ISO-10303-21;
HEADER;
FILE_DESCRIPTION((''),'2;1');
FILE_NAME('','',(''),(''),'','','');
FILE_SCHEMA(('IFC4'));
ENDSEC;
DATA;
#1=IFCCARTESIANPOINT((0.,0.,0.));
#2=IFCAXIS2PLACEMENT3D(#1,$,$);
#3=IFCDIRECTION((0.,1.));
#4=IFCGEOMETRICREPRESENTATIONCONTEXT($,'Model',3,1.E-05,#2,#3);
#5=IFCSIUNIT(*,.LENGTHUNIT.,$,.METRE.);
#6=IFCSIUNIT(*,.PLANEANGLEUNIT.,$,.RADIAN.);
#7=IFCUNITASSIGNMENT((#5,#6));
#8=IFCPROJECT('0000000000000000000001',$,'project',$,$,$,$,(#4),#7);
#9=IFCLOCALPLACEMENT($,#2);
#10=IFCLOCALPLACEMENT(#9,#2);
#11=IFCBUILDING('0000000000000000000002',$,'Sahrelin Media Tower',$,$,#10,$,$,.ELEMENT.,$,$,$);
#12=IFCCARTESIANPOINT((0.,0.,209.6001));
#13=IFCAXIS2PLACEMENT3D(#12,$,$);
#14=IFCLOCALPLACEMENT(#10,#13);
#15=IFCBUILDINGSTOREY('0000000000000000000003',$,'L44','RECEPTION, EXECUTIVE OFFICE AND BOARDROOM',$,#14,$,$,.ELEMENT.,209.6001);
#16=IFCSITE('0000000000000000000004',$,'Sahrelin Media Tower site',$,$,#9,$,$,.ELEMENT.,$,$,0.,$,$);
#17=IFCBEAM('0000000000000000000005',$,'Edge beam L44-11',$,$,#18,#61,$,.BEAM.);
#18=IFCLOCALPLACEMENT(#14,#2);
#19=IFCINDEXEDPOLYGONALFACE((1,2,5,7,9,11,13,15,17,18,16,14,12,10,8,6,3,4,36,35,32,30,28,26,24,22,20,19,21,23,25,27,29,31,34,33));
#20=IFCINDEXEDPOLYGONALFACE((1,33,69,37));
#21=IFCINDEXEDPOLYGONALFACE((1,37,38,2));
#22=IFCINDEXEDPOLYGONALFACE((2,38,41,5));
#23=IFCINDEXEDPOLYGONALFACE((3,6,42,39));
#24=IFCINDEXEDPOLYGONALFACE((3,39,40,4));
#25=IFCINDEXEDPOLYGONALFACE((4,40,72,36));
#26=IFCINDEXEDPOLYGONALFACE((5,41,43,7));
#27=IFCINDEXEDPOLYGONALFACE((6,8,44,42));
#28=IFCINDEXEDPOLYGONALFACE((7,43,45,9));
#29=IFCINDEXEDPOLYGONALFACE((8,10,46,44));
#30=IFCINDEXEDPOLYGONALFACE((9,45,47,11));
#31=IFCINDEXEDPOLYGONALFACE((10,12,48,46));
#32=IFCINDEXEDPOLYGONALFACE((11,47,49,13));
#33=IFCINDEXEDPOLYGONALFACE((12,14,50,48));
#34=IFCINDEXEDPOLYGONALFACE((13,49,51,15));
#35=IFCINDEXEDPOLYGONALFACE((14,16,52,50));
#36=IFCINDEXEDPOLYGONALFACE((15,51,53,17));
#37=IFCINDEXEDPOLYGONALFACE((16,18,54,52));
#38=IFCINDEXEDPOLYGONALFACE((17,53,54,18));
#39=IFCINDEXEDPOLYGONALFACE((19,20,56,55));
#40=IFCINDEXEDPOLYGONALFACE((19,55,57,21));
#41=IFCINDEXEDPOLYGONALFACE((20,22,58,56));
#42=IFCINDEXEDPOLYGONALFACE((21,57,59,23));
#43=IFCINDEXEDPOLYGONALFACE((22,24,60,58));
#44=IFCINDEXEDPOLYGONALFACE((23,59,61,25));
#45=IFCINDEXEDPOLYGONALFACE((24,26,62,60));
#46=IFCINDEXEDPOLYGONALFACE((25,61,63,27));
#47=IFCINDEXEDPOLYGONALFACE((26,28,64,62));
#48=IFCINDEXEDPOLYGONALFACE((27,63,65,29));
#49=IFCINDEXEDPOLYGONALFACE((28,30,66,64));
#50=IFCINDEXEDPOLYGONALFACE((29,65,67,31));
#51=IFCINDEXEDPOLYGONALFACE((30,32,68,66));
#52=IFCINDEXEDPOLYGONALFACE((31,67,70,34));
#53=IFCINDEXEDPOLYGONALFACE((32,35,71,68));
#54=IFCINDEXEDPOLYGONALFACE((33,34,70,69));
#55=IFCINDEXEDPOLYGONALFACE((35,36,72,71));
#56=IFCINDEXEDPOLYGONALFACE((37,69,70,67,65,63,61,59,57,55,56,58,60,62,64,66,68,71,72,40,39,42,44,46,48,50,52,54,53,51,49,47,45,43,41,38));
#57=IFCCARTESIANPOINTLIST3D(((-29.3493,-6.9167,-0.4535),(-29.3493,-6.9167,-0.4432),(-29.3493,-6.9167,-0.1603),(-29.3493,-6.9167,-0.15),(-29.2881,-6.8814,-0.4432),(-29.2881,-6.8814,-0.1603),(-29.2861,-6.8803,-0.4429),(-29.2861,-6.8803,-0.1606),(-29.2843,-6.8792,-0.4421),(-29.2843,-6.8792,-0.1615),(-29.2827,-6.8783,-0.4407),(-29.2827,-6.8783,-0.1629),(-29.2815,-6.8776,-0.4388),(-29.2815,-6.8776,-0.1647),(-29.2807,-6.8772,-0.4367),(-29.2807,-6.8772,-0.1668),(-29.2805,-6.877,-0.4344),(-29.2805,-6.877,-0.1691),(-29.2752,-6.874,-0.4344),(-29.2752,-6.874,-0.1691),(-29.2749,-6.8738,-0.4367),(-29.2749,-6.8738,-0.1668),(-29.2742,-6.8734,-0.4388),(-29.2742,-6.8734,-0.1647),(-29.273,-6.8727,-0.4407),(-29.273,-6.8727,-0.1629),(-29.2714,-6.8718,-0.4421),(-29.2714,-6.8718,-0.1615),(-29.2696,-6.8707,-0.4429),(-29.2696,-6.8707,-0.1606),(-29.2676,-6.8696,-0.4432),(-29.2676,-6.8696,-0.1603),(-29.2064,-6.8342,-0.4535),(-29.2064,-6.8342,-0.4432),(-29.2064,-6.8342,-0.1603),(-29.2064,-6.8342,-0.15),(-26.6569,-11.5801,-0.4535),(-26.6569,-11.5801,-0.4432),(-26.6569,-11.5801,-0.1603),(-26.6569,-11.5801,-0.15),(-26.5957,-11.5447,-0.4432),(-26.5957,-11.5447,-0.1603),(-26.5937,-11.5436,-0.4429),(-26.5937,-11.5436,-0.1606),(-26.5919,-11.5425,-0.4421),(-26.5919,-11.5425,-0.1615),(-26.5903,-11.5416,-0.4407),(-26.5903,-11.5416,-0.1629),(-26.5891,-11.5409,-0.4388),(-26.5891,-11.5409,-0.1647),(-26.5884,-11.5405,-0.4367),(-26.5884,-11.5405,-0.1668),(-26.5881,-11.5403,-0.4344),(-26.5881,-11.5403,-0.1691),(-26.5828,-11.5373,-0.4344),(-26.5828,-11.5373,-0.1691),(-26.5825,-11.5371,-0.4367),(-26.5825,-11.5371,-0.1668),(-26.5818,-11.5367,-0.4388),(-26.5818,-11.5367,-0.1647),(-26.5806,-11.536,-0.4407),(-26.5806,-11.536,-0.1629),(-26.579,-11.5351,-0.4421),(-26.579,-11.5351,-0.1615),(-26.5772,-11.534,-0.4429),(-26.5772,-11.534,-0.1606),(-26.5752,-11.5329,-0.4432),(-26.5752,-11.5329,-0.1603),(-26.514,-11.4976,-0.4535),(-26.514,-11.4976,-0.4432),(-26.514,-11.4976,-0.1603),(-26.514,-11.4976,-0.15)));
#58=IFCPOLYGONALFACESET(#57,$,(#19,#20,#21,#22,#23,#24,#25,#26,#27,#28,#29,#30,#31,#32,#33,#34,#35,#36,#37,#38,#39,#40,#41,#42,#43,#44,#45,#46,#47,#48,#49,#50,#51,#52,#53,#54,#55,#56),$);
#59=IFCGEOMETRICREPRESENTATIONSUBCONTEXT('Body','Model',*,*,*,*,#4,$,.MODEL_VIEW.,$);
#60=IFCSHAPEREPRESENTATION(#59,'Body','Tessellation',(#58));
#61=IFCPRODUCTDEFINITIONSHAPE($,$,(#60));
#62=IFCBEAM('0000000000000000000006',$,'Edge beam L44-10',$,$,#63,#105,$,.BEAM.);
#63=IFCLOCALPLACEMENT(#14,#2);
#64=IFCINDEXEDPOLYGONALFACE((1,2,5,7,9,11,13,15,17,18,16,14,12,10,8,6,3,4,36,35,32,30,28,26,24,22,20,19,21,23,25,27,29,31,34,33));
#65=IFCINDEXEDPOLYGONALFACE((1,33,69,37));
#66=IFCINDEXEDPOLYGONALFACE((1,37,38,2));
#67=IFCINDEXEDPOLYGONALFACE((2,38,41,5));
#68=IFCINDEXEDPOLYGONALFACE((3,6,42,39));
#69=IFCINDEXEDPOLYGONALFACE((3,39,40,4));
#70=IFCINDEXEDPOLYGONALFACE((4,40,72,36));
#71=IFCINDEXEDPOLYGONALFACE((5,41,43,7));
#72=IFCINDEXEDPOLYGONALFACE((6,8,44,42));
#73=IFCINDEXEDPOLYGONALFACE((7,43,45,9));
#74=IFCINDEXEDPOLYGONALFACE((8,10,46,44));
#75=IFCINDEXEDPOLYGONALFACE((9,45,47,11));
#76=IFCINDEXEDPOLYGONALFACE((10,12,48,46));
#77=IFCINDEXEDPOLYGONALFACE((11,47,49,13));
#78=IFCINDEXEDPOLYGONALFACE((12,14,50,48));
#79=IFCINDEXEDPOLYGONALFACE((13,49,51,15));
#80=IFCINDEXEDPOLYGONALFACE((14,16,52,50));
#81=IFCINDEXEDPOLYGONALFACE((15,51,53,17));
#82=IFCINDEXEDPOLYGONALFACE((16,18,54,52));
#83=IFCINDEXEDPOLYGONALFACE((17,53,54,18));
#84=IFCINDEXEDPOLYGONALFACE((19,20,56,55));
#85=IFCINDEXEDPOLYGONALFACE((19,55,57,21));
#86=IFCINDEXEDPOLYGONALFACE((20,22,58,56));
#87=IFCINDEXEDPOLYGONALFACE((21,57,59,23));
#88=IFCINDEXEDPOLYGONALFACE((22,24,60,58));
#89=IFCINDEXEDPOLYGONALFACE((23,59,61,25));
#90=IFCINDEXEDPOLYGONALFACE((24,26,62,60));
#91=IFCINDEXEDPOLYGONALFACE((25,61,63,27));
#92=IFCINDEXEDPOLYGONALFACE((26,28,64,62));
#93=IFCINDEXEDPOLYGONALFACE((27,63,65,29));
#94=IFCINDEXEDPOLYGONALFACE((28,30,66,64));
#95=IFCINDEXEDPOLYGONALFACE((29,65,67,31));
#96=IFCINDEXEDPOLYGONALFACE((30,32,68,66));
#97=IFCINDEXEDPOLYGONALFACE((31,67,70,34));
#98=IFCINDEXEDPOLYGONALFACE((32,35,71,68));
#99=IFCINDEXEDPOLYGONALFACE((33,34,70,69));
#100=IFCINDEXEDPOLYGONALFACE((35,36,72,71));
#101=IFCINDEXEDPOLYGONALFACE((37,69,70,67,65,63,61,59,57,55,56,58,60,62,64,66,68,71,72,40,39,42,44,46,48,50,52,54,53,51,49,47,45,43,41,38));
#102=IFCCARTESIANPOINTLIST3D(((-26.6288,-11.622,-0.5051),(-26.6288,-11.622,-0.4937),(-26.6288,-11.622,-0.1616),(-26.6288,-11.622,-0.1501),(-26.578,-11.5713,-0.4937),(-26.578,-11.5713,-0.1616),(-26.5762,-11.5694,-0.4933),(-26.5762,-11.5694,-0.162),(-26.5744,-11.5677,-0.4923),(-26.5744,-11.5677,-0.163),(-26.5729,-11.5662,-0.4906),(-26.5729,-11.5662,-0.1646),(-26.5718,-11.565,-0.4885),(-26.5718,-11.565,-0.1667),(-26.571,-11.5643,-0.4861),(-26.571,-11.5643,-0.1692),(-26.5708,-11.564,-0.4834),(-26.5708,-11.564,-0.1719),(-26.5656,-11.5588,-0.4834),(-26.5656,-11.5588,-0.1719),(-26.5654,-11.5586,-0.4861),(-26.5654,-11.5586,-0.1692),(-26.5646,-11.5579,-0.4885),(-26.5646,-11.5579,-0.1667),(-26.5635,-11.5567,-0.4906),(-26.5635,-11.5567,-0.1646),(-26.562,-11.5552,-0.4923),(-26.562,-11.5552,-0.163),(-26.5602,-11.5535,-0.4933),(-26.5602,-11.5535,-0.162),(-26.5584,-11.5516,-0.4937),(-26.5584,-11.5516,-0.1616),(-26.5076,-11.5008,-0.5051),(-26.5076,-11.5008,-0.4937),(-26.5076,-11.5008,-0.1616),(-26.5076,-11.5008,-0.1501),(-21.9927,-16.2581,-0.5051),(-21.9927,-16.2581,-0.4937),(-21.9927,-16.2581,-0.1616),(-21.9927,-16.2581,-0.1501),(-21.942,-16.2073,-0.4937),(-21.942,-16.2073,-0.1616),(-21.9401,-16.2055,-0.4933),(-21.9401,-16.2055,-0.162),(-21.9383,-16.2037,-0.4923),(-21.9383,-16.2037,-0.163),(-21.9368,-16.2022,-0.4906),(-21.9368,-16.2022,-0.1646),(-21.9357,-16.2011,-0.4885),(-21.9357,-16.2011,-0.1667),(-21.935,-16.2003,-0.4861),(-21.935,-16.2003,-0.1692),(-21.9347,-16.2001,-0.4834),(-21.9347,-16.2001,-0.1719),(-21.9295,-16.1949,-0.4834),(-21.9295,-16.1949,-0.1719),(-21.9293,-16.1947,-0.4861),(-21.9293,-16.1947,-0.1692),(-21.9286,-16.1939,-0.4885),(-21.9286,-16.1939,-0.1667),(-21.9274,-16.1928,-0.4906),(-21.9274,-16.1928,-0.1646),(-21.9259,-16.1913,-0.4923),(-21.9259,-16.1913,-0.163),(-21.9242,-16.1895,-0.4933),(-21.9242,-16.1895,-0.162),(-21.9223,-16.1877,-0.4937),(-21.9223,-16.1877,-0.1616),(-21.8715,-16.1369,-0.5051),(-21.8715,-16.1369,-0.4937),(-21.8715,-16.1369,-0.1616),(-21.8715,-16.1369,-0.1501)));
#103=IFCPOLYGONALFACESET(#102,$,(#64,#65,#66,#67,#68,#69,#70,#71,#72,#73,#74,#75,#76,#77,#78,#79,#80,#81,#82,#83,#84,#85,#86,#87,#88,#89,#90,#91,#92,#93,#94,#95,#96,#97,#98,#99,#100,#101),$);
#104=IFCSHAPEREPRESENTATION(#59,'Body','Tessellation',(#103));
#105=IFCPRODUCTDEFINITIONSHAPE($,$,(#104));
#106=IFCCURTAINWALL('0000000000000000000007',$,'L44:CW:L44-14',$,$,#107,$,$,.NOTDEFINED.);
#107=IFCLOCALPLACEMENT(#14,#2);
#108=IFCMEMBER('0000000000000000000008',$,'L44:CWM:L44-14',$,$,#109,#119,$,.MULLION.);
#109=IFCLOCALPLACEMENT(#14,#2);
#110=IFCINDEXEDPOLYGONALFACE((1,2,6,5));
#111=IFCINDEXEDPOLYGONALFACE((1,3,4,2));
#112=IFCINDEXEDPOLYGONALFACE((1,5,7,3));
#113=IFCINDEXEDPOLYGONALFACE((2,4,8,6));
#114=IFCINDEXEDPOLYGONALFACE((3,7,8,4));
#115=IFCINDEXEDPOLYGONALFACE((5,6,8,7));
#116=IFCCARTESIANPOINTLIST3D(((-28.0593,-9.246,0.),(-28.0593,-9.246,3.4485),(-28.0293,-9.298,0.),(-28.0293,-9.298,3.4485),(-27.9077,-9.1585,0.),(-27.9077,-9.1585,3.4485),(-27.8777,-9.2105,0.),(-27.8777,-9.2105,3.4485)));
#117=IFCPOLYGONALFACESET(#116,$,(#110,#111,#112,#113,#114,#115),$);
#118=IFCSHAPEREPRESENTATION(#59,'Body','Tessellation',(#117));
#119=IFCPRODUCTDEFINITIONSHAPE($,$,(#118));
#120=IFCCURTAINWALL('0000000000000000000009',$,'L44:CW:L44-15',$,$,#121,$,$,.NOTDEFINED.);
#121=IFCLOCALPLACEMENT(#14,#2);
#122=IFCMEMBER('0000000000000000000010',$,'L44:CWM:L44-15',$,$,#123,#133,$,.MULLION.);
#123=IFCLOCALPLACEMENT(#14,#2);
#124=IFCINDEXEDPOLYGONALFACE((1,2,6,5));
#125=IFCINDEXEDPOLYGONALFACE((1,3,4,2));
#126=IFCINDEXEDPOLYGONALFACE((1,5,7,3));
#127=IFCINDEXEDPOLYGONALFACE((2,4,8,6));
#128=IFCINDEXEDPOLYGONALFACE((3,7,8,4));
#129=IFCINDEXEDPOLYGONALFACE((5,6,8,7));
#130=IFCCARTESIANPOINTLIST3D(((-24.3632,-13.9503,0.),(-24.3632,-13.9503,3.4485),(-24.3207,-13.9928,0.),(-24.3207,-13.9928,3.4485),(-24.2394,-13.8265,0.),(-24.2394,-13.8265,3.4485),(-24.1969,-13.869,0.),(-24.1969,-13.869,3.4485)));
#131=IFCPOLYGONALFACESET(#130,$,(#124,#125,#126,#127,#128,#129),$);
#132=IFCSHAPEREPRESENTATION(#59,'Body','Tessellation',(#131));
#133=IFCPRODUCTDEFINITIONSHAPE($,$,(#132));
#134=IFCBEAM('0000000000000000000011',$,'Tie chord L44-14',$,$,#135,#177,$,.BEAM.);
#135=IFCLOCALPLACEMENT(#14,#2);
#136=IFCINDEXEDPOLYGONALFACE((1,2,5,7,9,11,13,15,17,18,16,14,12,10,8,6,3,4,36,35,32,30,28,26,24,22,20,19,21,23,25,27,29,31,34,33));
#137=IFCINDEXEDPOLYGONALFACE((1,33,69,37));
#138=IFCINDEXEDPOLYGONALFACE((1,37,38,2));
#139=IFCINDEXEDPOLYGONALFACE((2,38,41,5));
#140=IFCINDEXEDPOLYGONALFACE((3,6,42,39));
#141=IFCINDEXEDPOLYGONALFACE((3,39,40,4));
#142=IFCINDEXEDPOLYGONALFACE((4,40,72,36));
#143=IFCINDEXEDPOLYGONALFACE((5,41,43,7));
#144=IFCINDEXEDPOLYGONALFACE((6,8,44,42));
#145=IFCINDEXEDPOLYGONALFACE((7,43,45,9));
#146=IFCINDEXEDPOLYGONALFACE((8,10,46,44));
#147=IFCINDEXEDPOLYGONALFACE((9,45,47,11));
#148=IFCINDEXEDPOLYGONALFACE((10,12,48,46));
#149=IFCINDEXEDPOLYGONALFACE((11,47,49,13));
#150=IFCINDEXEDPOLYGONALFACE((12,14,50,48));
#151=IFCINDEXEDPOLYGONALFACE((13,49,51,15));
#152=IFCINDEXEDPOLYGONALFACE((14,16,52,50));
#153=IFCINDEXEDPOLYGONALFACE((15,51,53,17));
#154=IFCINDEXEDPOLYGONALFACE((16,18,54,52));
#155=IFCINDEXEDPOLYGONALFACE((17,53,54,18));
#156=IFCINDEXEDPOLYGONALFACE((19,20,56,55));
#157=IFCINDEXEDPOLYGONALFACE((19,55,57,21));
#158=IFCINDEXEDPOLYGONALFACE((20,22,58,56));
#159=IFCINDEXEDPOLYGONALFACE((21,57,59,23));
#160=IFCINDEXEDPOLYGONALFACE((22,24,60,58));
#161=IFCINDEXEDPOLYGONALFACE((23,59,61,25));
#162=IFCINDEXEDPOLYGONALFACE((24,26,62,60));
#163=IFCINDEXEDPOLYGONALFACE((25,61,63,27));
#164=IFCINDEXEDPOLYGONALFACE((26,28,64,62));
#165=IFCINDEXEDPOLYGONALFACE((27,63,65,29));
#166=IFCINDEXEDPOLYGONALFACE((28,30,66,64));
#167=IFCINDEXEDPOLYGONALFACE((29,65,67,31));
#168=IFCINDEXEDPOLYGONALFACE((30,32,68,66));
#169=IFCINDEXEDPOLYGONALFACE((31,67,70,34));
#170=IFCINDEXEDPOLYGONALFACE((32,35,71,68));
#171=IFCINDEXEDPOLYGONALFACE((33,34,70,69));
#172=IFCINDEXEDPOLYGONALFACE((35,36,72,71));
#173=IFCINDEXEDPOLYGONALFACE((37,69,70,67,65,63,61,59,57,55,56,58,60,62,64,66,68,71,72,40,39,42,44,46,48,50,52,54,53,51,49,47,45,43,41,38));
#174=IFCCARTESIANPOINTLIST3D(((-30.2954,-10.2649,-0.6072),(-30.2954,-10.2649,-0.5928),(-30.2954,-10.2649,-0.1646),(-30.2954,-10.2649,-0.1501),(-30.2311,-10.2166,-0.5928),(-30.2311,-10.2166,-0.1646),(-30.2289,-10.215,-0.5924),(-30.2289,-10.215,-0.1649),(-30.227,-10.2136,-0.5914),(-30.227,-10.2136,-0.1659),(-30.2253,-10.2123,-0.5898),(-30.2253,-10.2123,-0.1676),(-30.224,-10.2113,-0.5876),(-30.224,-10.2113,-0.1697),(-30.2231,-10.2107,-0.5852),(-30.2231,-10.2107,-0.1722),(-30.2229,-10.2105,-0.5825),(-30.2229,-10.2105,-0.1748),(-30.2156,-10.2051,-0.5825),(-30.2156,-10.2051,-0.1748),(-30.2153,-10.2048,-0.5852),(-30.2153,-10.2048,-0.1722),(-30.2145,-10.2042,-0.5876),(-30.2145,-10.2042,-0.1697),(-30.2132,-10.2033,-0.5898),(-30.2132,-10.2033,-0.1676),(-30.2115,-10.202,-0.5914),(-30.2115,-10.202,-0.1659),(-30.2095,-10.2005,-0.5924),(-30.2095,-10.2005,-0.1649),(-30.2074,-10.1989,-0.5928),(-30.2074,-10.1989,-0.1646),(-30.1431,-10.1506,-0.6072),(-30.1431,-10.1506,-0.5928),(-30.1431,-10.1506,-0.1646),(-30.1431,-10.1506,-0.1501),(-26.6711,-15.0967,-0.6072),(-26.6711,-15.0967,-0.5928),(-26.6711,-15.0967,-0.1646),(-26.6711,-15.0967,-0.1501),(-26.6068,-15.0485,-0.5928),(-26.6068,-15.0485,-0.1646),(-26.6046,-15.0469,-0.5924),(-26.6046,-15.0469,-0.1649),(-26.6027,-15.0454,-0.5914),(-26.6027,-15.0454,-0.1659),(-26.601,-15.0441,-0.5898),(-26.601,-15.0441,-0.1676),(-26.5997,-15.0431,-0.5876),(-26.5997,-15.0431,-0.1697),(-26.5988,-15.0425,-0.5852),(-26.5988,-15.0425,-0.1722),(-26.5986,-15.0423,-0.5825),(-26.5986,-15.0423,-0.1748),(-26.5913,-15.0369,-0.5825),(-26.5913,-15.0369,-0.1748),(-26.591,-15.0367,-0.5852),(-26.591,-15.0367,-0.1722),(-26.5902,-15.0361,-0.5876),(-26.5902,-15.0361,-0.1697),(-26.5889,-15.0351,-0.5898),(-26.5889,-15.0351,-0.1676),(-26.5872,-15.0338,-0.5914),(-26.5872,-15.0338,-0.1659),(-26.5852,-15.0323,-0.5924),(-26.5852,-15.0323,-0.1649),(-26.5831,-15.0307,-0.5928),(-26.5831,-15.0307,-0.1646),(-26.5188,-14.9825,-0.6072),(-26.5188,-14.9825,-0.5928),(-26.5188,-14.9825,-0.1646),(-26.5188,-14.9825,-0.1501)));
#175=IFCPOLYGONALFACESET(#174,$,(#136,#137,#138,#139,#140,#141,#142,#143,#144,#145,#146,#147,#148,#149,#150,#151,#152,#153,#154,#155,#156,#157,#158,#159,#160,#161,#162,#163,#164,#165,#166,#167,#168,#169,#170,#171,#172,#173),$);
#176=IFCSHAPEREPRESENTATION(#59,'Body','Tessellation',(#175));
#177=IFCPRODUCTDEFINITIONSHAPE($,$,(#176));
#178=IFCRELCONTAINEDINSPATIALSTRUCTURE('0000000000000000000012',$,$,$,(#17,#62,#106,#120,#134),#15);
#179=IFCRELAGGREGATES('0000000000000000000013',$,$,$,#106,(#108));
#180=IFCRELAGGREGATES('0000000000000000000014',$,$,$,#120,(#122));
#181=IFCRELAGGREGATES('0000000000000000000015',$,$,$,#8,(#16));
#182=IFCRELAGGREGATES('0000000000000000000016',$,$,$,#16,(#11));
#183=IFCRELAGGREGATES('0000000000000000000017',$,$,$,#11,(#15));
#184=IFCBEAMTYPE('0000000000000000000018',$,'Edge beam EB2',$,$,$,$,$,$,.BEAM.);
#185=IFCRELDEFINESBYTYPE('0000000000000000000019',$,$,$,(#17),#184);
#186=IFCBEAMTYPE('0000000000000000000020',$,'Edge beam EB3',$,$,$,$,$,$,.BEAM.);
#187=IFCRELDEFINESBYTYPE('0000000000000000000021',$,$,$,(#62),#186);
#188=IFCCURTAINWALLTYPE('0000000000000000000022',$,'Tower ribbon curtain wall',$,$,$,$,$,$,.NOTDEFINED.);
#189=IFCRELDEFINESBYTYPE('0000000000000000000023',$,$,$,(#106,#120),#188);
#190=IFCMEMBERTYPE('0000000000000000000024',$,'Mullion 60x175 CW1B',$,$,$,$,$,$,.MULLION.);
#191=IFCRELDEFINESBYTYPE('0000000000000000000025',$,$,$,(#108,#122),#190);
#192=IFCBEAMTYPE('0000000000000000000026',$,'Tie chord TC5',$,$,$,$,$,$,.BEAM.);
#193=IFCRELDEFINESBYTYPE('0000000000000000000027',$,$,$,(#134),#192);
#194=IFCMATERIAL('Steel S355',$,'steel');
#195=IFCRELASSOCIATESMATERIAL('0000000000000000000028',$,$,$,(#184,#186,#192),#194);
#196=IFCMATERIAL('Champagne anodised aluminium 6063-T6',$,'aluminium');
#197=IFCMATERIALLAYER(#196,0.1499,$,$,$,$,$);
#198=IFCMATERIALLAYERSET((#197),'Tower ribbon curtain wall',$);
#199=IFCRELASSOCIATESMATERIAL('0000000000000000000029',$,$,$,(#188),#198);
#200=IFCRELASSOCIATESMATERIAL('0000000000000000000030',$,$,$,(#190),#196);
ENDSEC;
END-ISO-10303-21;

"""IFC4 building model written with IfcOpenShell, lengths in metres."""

from ifc_helpers import new_model, si_unit, direction, frame, origin, origin_2d, place, context, subcontext, project, spatial, rectangle, i_section, extrude, material, layer, layer_set, material_profile, profile_set, type_object, element, aggregate, save


model = new_model("IFC4")

# Units and contexts
model_context = context("Model", 3, precision=1e-05, world=origin(), true_north=direction((0.0, 1.0)))
body_context = subcontext(model_context, "Body", "Model", "MODEL_VIEW")
ifc_project = project(units=[si_unit("LENGTHUNIT", "METRE"), si_unit("PLANEANGLEUNIT", "RADIAN")], contexts=[model_context])

# Site, building, storey
site_placement = place(None, origin())
site = spatial("IfcSite", under=ifc_project, at=site_placement, Name="Sahrelin Media Tower site", CompositionType="ELEMENT", RefElevation=0.0)
building_placement = place(site_placement, origin())
building = spatial("IfcBuilding", under=site, at=building_placement, Name="Sahrelin Media Tower", CompositionType="ELEMENT")
storey_placement = place(building_placement, frame((0.0, 0.0, 209.6001)))
storey = spatial("IfcBuildingStorey", under=building, at=storey_placement, Name="L44", Description="RECEPTION, EXECUTIVE OFFICE AND BOARDROOM", CompositionType="ELEMENT", Elevation=209.6001)

# Beams
ifc_material_1 = material(Name="Steel S355", Category="steel")
ifc_material_profile_1 = material_profile(ifc_material_1, i_section(OverallWidth=0.165, OverallDepth=0.3035, WebThickness=0.0061, FlangeThickness=0.0103, FilletRadius=0.0088, at=origin_2d()), Name="UB 305x165x40")
ifc_profile_set_1 = profile_set([ifc_material_profile_1], Name="Steel S355")
beam_type_1 = type_object("IfcBeamType", Name="Edge beam EB2", PredefinedType="BEAM", material=ifc_profile_set_1)
beam_1_placement = place(storey_placement, frame((-26.5854, -11.5388, -0.3018), z_axis=(-0.500001, 0.866025, 0.0), x_axis=(-0.866025, -0.500001, 0.0)))
element("IfcBeam", 1, at=beam_1_placement, inside=storey, type_object=beam_type_1, Name="Edge beam L44-11", PredefinedType="BEAM", context=body_context, shape_type="SweptSolid", body=[
    extrude(i_section(OverallWidth=0.165, OverallDepth=0.3035, WebThickness=0.0061, FlangeThickness=0.0103, FilletRadius=0.0088, at=origin_2d()), origin(), (0.0, 0.0, 1.0), 5.3848),
])
ifc_material_profile_2 = material_profile(ifc_material_1, i_section(OverallWidth=0.1714, OverallDepth=0.355, WebThickness=0.0073, FlangeThickness=0.0115, FilletRadius=0.0103, at=origin_2d()), Name="UB 356x171x51")
ifc_profile_set_2 = profile_set([ifc_material_profile_2], Name="Steel S355")
beam_type_2 = type_object("IfcBeamType", Name="Edge beam EB3", PredefinedType="BEAM", material=ifc_profile_set_2)
beam_2_placement = place(storey_placement, frame((-21.9321, -16.1975, -0.3276), z_axis=(-0.707107, 0.707107, 0.0), x_axis=(-0.707107, -0.707107, 0.0)))
element("IfcBeam", 2, at=beam_2_placement, inside=storey, type_object=beam_type_2, Name="Edge beam L44-10", PredefinedType="BEAM", context=body_context, shape_type="SweptSolid", body=[
    extrude(i_section(OverallWidth=0.1714, OverallDepth=0.355, WebThickness=0.0073, FlangeThickness=0.0115, FilletRadius=0.0103, at=origin_2d()), origin(), (0.0, 0.0, 1.0), 6.5564),
])

# Curtain walls, members
ifc_material_2 = material(Name="Champagne anodised aluminium 6063-T6", Category="aluminium")
ifc_layer_1 = layer(ifc_material_2, 0.1499)
ifc_layer_set_1 = layer_set([ifc_layer_1], Name="Tower ribbon curtain wall")
curtain_wall_type = type_object("IfcCurtainWallType", Name="Tower ribbon curtain wall", PredefinedType="NOTDEFINED", material=ifc_layer_set_1)
curtain_wall_1_placement = place(storey_placement, frame((-28.0615, -9.282, 0.0), z_axis=(0.0, 0.0, 1.0), x_axis=(1.0, 0.0, 0.0)))
curtain_wall_1 = element("IfcCurtainWall", 3, at=curtain_wall_1_placement, inside=storey, type_object=curtain_wall_type, Name="L44:CW:L44-14", PredefinedType="NOTDEFINED")
ifc_material_profile_3 = material_profile(ifc_material_2, rectangle(XDim=0.0601, YDim=0.175, at=origin_2d()), Name="Mullion 60x175")
ifc_profile_set_3 = profile_set([ifc_material_profile_3], Name="Champagne anodised aluminium 6063-T6")
member_type_1 = type_object("IfcMemberType", Name="Mullion 60x175 CW1B", PredefinedType="MULLION", material=ifc_profile_set_3)
member_1_placement = place(storey_placement, frame((-27.9685, -9.2283, 0.0), z_axis=(0.0, 0.0, 1.0), x_axis=(0.500002, -0.866025, 0.0)))
member_1 = element("IfcMember", 4, at=member_1_placement, type_object=member_type_1, Name="L44:CWM:L44-14", PredefinedType="MULLION", context=body_context, shape_type="SweptSolid", body=[
    extrude(rectangle(XDim=0.0601, YDim=0.175, at=origin_2d()), origin(), (0.0, 0.0, 1.0), 3.4485),
])
aggregate(curtain_wall_1, [member_1])
curtain_wall_2_placement = place(storey_placement, frame((-24.3562, -13.9856, 0.0), z_axis=(0.0, 0.0, 1.0), x_axis=(1.0, 0.0, 0.0)))
curtain_wall_2 = element("IfcCurtainWall", 5, at=curtain_wall_2_placement, inside=storey, type_object=curtain_wall_type, Name="L44:CW:L44-15", PredefinedType="NOTDEFINED")
member_2_placement = place(storey_placement, frame((-24.28, -13.9097, 0.0), z_axis=(0.0, 0.0, 1.0), x_axis=(0.707107, -0.707107, 0.0)))
member_2 = element("IfcMember", 6, at=member_2_placement, type_object=member_type_1, Name="L44:CWM:L44-15", PredefinedType="MULLION", context=body_context, shape_type="SweptSolid", body=[
    extrude(rectangle(XDim=0.0601, YDim=0.175, at=origin_2d()), origin(), (0.0, 0.0, 1.0), 3.4485),
])

# Beam
ifc_material_profile_4 = material_profile(ifc_material_1, i_section(OverallWidth=0.1904, OverallDepth=0.457, WebThickness=0.009, FlangeThickness=0.0144, FilletRadius=0.0103, at=origin_2d()), Name="UB 457x191x74")
ifc_profile_set_4 = profile_set([ifc_material_profile_4], Name="Steel S355")
beam_type_3 = type_object("IfcBeamType", Name="Tie chord TC5", PredefinedType="BEAM", material=ifc_profile_set_4)
beam_3_placement = place(storey_placement, frame((-30.2192, -10.2078, -0.3787), z_axis=(0.600045, -0.799966, 0.0), x_axis=(0.799966, 0.600045, 0.0)))
element("IfcBeam", 7, at=beam_3_placement, inside=storey, type_object=beam_type_3, Name="Tie chord L44-14", PredefinedType="BEAM", context=body_context, shape_type="SweptSolid", body=[
    extrude(i_section(OverallWidth=0.1904, OverallDepth=0.457, WebThickness=0.009, FlangeThickness=0.0144, FilletRadius=0.0103, at=origin_2d()), origin(), (0.0, 0.0, 1.0), 6.04),
])

aggregate(curtain_wall_2, [member_2])

save(model, "model.ifc")
